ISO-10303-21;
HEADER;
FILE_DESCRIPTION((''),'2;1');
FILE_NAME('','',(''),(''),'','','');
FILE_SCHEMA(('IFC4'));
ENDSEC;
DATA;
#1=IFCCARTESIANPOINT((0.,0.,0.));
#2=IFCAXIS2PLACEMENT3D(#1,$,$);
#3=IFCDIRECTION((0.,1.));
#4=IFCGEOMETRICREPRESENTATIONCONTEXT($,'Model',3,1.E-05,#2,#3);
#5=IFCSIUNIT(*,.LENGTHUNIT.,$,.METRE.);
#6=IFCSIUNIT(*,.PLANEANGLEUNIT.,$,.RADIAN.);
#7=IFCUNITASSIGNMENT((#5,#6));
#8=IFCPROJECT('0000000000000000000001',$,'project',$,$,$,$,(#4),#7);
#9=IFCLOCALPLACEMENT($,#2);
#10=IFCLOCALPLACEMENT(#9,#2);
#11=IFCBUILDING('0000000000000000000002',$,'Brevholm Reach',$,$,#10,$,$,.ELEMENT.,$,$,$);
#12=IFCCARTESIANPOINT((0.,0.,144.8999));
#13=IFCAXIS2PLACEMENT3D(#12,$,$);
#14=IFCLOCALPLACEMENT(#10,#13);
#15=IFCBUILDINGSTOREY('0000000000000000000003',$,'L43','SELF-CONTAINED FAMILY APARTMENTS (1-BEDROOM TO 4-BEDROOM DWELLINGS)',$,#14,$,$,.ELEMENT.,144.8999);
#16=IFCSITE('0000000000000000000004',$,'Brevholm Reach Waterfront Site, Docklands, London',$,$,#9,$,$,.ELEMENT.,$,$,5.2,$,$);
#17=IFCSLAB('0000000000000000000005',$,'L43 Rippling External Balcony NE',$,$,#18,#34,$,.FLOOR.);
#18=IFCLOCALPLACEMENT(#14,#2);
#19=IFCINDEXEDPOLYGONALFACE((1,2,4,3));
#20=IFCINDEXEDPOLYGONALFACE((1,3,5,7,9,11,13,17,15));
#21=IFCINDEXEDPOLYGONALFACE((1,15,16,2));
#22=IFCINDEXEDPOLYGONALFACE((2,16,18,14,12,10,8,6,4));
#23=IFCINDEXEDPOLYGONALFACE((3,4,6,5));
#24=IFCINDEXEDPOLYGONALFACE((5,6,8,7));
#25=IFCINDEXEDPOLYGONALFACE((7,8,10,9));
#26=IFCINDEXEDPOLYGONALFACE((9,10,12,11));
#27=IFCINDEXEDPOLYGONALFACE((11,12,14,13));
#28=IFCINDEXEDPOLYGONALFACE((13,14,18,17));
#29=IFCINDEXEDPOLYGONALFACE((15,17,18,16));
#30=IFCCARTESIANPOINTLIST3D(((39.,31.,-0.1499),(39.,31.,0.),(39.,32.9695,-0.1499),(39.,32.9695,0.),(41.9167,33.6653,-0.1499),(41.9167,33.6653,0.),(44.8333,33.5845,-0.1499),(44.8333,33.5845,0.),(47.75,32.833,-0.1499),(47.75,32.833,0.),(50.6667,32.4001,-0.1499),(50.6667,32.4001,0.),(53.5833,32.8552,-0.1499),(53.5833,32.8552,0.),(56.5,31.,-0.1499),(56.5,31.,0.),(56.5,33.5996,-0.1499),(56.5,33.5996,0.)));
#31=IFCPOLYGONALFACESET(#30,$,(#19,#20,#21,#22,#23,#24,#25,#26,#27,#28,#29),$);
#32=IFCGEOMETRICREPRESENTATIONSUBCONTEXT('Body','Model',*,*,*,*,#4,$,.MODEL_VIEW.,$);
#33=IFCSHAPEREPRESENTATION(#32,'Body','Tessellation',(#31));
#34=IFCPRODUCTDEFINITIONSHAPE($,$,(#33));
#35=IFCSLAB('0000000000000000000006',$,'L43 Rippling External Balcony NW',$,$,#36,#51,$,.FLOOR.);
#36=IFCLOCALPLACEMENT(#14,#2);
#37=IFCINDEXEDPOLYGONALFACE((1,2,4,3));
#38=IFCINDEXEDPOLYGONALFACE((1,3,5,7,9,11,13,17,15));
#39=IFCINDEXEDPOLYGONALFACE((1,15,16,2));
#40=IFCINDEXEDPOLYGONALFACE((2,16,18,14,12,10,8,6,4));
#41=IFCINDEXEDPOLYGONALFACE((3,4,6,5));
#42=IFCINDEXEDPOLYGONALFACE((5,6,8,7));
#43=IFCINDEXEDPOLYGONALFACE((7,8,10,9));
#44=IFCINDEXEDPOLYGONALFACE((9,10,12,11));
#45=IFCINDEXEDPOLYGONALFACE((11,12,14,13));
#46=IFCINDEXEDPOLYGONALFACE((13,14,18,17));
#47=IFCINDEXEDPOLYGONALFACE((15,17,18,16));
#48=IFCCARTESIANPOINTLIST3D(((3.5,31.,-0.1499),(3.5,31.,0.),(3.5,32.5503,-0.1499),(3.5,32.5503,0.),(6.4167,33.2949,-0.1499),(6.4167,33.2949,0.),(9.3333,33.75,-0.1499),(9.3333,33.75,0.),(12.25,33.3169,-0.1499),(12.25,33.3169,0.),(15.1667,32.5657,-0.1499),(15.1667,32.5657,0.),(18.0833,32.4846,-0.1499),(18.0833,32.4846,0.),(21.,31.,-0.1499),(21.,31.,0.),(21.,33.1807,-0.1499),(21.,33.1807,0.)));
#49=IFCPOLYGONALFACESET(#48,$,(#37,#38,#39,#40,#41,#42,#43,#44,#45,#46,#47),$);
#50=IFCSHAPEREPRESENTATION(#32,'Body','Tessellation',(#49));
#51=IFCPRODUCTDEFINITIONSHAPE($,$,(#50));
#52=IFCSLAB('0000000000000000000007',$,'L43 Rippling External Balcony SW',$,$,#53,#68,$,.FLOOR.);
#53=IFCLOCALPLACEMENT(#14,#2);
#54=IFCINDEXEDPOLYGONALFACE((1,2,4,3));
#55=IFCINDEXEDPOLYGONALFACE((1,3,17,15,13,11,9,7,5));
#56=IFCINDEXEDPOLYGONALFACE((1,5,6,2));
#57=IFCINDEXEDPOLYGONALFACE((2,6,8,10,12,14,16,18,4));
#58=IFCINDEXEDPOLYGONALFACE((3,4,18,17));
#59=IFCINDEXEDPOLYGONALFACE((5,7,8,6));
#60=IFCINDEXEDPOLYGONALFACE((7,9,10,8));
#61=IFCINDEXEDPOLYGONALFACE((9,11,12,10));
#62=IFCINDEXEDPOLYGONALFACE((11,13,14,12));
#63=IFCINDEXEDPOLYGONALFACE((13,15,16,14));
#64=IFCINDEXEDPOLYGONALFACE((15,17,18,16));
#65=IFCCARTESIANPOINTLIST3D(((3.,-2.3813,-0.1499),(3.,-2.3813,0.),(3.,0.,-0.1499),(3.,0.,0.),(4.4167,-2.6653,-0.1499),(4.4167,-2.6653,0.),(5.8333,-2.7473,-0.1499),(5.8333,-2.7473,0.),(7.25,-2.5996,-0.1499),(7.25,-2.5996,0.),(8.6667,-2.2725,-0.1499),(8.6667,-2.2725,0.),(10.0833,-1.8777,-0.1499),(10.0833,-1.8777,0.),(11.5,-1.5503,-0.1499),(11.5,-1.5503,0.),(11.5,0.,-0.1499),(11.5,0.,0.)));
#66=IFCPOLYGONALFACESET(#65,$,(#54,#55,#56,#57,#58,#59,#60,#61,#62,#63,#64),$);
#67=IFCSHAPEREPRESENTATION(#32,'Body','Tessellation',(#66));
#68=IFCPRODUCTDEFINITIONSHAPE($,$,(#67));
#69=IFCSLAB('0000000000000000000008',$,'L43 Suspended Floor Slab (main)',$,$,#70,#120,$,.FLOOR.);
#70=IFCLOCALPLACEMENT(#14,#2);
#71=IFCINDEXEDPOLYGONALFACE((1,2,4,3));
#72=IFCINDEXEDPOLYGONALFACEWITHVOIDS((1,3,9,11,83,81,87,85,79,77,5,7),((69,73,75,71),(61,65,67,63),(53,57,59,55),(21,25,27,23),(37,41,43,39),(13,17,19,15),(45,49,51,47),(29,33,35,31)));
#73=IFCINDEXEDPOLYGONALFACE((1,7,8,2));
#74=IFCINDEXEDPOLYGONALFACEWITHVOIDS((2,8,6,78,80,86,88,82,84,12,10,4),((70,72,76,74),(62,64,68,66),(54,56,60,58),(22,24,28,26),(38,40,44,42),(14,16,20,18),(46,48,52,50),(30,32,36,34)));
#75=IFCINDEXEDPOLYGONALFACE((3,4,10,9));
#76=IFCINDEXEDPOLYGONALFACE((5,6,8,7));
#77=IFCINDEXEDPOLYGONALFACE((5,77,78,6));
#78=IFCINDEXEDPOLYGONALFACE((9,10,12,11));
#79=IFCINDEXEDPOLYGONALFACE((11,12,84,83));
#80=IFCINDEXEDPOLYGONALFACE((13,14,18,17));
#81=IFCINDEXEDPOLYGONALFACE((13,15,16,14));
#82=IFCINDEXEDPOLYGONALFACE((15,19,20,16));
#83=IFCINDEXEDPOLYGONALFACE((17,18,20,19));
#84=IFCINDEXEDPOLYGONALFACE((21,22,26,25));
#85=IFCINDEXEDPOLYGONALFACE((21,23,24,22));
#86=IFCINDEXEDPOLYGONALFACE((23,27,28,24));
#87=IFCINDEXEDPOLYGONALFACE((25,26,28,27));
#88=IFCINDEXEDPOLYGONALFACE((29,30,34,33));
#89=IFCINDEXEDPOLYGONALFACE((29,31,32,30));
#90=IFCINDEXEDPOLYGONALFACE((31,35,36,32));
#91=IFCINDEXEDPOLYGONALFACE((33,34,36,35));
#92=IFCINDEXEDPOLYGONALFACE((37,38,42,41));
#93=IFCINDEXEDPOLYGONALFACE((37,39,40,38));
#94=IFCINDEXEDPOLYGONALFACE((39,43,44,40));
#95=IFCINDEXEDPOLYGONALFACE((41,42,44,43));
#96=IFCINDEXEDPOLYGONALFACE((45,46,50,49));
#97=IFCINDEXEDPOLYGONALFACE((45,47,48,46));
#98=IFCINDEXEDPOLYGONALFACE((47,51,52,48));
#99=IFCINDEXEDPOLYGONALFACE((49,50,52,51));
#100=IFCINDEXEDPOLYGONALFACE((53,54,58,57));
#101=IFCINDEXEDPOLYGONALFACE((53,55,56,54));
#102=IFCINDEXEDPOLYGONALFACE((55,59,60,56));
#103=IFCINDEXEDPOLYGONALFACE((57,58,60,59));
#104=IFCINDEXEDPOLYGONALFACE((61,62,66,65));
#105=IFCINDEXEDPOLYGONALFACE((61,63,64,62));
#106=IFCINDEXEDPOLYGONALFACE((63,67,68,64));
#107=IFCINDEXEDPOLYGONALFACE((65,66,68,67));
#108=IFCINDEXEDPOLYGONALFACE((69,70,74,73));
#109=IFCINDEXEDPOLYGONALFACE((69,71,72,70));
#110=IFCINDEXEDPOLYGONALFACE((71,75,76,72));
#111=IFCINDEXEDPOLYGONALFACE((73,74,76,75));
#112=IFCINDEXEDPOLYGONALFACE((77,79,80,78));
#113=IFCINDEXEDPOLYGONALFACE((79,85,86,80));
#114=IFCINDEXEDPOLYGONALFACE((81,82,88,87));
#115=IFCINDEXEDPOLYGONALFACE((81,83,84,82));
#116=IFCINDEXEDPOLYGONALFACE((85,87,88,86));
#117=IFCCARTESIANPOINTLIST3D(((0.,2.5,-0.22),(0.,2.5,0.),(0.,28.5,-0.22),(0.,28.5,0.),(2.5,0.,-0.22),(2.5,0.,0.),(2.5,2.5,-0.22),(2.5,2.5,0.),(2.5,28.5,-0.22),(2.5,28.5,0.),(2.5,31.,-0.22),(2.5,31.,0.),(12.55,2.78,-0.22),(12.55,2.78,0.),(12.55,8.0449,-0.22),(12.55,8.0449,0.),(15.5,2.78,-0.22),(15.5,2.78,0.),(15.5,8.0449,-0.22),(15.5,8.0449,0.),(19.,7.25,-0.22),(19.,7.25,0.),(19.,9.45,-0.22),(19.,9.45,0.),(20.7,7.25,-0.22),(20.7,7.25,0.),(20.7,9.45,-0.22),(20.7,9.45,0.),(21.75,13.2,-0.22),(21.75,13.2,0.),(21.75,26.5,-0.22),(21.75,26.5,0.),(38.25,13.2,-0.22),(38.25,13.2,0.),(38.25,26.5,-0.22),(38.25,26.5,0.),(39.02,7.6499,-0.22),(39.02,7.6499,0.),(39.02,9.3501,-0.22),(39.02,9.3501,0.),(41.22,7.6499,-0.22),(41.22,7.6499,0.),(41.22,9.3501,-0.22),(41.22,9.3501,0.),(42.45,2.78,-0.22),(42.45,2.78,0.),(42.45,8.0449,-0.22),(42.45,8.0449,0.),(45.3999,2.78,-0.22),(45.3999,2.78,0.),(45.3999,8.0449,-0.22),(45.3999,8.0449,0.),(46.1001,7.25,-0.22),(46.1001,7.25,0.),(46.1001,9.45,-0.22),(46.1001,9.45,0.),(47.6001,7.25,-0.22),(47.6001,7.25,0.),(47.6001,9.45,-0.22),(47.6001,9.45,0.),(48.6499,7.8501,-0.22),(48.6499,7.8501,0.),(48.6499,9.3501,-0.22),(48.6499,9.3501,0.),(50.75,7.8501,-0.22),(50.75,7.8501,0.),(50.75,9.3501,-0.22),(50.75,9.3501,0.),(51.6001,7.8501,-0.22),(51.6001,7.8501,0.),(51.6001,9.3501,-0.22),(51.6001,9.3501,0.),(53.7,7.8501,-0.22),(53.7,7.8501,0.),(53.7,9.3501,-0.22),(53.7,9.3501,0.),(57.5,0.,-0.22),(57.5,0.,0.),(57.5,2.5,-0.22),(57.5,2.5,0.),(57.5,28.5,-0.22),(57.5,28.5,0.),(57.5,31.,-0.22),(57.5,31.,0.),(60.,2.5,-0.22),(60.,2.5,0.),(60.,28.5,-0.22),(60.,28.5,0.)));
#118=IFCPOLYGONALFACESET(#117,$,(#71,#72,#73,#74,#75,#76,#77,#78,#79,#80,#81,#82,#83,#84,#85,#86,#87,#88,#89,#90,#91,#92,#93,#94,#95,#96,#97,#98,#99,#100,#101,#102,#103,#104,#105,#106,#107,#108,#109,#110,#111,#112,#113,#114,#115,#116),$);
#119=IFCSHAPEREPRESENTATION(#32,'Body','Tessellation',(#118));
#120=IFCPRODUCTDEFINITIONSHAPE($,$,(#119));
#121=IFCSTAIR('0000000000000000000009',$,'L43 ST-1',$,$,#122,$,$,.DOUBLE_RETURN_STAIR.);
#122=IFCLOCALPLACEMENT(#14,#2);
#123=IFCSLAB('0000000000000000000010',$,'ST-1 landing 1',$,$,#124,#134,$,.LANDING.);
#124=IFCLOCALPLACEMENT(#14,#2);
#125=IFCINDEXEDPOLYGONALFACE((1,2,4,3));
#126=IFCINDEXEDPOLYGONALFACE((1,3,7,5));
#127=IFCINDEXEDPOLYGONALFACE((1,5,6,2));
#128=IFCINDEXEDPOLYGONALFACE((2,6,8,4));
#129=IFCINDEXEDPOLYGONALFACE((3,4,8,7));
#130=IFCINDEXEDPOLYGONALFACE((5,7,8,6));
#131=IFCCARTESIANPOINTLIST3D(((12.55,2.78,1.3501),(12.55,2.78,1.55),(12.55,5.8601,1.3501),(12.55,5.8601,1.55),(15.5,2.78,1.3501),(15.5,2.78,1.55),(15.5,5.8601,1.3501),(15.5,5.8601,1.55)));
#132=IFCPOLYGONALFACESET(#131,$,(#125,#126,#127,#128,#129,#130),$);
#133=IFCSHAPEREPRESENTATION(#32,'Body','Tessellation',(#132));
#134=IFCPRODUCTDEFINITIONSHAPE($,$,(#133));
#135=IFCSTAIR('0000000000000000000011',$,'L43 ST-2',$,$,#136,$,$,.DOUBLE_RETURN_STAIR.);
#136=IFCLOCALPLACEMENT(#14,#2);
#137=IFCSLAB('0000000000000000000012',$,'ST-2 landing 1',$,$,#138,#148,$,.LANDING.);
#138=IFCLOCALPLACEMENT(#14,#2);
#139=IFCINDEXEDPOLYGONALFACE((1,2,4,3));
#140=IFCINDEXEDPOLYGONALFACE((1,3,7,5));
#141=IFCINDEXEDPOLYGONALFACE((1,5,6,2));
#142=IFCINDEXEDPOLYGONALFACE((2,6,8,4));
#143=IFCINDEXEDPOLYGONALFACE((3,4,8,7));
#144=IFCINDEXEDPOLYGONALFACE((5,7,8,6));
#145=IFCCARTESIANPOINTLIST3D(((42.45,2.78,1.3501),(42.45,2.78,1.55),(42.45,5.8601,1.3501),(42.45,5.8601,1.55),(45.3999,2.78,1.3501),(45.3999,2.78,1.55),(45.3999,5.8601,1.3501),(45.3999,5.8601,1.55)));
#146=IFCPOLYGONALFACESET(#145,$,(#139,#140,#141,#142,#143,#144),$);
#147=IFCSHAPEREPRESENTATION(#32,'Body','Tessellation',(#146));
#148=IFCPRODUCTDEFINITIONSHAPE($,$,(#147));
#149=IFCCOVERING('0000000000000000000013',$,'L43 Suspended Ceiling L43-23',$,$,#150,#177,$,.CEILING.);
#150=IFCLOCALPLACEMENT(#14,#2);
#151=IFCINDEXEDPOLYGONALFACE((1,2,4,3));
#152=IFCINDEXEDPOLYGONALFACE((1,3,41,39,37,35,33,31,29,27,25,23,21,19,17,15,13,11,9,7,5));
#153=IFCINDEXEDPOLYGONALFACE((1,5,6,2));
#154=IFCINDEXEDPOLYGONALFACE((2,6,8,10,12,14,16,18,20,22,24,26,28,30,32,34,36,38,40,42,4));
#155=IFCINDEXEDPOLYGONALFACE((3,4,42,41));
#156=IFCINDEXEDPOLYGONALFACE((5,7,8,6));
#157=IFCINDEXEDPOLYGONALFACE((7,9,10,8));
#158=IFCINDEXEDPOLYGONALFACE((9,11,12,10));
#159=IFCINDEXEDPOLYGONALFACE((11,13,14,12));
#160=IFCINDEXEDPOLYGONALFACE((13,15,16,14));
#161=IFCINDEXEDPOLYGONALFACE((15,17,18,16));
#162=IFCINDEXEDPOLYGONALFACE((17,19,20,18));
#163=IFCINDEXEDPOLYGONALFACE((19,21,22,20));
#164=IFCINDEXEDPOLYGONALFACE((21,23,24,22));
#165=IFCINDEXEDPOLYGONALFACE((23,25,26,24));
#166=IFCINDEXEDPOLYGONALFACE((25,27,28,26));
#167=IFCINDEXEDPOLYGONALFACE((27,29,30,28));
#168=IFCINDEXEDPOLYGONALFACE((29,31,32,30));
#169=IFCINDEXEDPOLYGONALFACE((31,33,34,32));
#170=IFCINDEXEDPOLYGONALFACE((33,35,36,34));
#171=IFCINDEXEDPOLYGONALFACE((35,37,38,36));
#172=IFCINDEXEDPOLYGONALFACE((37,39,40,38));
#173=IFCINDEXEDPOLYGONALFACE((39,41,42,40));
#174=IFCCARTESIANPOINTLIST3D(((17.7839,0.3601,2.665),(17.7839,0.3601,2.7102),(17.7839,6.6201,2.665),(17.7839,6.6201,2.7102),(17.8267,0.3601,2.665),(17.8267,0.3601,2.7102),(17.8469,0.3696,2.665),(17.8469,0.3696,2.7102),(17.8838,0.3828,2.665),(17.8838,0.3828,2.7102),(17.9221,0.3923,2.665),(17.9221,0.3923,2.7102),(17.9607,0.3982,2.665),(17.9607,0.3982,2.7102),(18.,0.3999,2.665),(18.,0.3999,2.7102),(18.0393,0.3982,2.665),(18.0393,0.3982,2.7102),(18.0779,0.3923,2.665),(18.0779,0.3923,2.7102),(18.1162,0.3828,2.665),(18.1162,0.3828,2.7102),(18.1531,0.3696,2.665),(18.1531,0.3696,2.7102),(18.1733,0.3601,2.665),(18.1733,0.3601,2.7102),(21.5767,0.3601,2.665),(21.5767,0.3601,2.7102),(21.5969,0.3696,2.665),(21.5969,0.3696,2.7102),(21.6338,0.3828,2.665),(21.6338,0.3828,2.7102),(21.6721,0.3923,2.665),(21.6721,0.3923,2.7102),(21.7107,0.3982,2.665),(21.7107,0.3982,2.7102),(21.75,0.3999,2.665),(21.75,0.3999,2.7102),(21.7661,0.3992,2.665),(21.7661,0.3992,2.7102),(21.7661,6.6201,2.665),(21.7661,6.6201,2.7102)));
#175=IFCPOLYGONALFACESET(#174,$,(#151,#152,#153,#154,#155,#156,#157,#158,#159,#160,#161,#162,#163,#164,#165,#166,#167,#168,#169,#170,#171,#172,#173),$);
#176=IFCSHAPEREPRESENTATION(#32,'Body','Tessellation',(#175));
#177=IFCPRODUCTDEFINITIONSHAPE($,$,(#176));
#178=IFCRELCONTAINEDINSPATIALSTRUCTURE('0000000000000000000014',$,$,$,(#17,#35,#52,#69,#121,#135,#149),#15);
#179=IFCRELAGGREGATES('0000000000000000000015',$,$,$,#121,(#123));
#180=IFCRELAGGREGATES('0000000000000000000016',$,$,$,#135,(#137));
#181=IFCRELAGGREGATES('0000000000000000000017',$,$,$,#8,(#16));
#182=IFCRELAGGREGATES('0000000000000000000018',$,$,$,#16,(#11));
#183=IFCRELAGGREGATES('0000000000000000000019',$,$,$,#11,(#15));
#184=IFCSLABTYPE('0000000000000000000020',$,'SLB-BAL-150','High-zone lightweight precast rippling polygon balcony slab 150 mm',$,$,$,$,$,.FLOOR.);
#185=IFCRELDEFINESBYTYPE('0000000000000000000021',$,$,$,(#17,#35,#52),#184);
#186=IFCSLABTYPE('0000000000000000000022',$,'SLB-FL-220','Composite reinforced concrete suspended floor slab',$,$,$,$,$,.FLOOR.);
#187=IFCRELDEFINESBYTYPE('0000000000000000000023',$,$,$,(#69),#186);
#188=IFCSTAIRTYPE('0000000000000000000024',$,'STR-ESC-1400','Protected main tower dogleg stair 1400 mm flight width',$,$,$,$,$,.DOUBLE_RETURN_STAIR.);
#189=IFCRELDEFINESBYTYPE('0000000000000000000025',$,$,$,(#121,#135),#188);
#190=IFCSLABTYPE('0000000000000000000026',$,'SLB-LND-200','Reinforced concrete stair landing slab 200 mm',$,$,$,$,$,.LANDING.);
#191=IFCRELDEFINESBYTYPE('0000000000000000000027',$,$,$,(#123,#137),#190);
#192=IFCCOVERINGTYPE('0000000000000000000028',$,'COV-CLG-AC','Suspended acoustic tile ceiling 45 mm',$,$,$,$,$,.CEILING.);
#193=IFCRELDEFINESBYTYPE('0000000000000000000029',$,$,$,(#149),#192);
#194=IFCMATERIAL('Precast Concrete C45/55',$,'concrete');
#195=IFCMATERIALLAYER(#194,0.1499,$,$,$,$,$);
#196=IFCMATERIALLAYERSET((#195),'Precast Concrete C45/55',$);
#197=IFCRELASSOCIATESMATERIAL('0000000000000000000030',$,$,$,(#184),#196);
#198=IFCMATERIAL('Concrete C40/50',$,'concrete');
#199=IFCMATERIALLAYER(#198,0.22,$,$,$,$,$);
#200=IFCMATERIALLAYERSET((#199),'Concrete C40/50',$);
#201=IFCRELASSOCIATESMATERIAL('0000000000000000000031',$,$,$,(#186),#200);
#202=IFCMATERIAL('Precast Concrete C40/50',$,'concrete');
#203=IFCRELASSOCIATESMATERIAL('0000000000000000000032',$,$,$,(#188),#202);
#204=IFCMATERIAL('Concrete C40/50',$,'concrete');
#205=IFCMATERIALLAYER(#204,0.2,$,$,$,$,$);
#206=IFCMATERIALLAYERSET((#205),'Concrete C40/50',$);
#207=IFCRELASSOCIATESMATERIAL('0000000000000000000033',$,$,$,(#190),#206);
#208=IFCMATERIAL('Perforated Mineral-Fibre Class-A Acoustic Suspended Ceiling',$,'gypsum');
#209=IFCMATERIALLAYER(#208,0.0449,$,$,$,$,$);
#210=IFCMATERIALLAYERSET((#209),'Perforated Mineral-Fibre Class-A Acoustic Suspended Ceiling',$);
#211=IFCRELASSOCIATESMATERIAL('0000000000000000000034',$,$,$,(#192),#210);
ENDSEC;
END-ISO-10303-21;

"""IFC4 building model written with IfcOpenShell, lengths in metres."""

from ifc_helpers import new_model, si_unit, direction, frame, origin, place, context, subcontext, project, spatial, polyline, outline, extrude, material, layer, layer_set, type_object, element, aggregate, save


model = new_model("IFC4")

# Units and contexts
model_context = context("Model", 3, precision=1e-05, world=origin(), true_north=direction((0.0, 1.0)))
body_context = subcontext(model_context, "Body", "Model", "MODEL_VIEW")
ifc_project = project(units=[si_unit("LENGTHUNIT", "METRE"), si_unit("PLANEANGLEUNIT", "RADIAN")], contexts=[model_context])

# Site, building, storey
site_placement = place(None, origin())
site = spatial("IfcSite", under=ifc_project, at=site_placement, Name="Brevholm Reach Waterfront Site, Docklands, London", CompositionType="ELEMENT", RefElevation=5.2)
building_placement = place(site_placement, origin())
building = spatial("IfcBuilding", under=site, at=building_placement, Name="Brevholm Reach", CompositionType="ELEMENT")
storey_placement = place(building_placement, frame((0.0, 0.0, 144.8999)))
storey = spatial("IfcBuildingStorey", under=building, at=storey_placement, Name="L43", Description="SELF-CONTAINED FAMILY APARTMENTS (1-BEDROOM TO 4-BEDROOM DWELLINGS)", CompositionType="ELEMENT", Elevation=144.8999)

# Slabs
ifc_material_1 = material(Name="Precast Concrete C45/55", Category="concrete")
ifc_layer_1 = layer(ifc_material_1, 0.1499)
ifc_layer_set_1 = layer_set([ifc_layer_1], Name="Precast Concrete C45/55")
slab_type_1 = type_object("IfcSlabType", Name="SLB-BAL-150", Description="High-zone lightweight precast rippling polygon balcony slab 150 mm", PredefinedType="FLOOR", material=ifc_layer_set_1)
slab_1_placement = place(storey_placement, frame((0.0, 0.0, -0.1499)))
element("IfcSlab", 1, at=slab_1_placement, inside=storey, type_object=slab_type_1, Name="L43 Rippling External Balcony NE", PredefinedType="FLOOR", context=body_context, shape_type="SweptSolid", body=[
    extrude(outline(polyline([(39.0, 31.0), (56.5, 31.0), (56.5, 33.5996), (53.5833, 32.8552), (50.6667, 32.4001), (47.75, 32.833), (44.8333, 33.5845), (41.9167, 33.6653), (39.0, 32.9695), (39.0, 31.0)])), origin(), (0.0, 0.0, 1.0), 0.1499),
])
slab_2_placement = place(storey_placement, frame((0.0, 0.0, -0.1499)))
element("IfcSlab", 2, at=slab_2_placement, inside=storey, type_object=slab_type_1, Name="L43 Rippling External Balcony NW", PredefinedType="FLOOR", context=body_context, shape_type="SweptSolid", body=[
    extrude(outline(polyline([(3.5, 31.0), (21.0, 31.0), (21.0, 33.1807), (18.0833, 32.4846), (15.1667, 32.5657), (12.25, 33.3169), (9.3333, 33.75), (6.4167, 33.2949), (3.5, 32.5503), (3.5, 31.0)])), origin(), (0.0, 0.0, 1.0), 0.1499),
])
slab_3_placement = place(storey_placement, frame((0.0, 0.0, -0.1499)))
element("IfcSlab", 3, at=slab_3_placement, inside=storey, type_object=slab_type_1, Name="L43 Rippling External Balcony SW", PredefinedType="FLOOR", context=body_context, shape_type="SweptSolid", body=[
    extrude(outline(polyline([(3.0, -2.3813), (4.4167, -2.6653), (5.8333, -2.7473), (7.25, -2.5996), (8.6667, -2.2725), (10.0833, -1.8777), (11.5, -1.5503), (11.5, 0.0), (3.0, 0.0), (3.0, -2.3813)])), origin(), (0.0, 0.0, 1.0), 0.1499),
])
ifc_material_2 = material(Name="Concrete C40/50", Category="concrete")
ifc_layer_2 = layer(ifc_material_2, 0.22)
ifc_layer_set_2 = layer_set([ifc_layer_2], Name="Concrete C40/50")
slab_type_2 = type_object("IfcSlabType", Name="SLB-FL-220", Description="Composite reinforced concrete suspended floor slab", PredefinedType="FLOOR", material=ifc_layer_set_2)
slab_4_placement = place(storey_placement, frame((0.0, 0.0, -0.22)))
element("IfcSlab", 4, at=slab_4_placement, inside=storey, type_object=slab_type_2, Name="L43 Suspended Floor Slab (main)", PredefinedType="FLOOR", context=body_context, shape_type="SweptSolid", body=[
    extrude(outline(polyline([(2.5, 0.0), (57.5, 0.0), (57.5, 2.5), (60.0, 2.5), (60.0, 28.5), (57.5, 28.5), (57.5, 31.0), (2.5, 31.0), (2.5, 28.5), (0.0, 28.5), (0.0, 2.5), (2.5, 2.5), (2.5, 0.0)]), holes=[polyline([(21.75, 13.2), (38.25, 13.2), (38.25, 26.5), (21.75, 26.5), (21.75, 13.2)]), polyline([(12.55, 2.78), (15.5, 2.78), (15.5, 8.0449), (12.55, 8.0449), (12.55, 2.78)]), polyline([(42.45, 2.78), (45.3999, 2.78), (45.3999, 8.0449), (42.45, 8.0449), (42.45, 2.78)]), polyline([(19.0, 7.25), (20.7, 7.25), (20.7, 9.45), (19.0, 9.45), (19.0, 7.25)]), polyline([(46.1001, 7.25), (47.6001, 7.25), (47.6001, 9.45), (46.1001, 9.45), (46.1001, 7.25)]), polyline([(39.02, 7.6499), (41.22, 7.6499), (41.22, 9.3501), (39.02, 9.3501), (39.02, 7.6499)]), polyline([(48.6499, 7.8501), (50.75, 7.8501), (50.75, 9.3501), (48.6499, 9.3501), (48.6499, 7.8501)]), polyline([(51.6001, 7.8501), (53.7, 7.8501), (53.7, 9.3501), (51.6001, 9.3501), (51.6001, 7.8501)])]), origin(), (0.0, 0.0, 1.0), 0.22),
])

# Stairs, slabs
ifc_material_3 = material(Name="Precast Concrete C40/50", Category="concrete")
stair_type = type_object("IfcStairType", Name="STR-ESC-1400", Description="Protected main tower dogleg stair 1400 mm flight width", PredefinedType="DOUBLE_RETURN_STAIR", material=ifc_material_3)
stair_1_placement = place(storey_placement, origin())
stair_1 = element("IfcStair", 5, at=stair_1_placement, inside=storey, type_object=stair_type, Name="L43 ST-1", PredefinedType="DOUBLE_RETURN_STAIR")
ifc_material_4 = material(Name="Concrete C40/50", Category="concrete")
ifc_layer_3 = layer(ifc_material_4, 0.2)
ifc_layer_set_3 = layer_set([ifc_layer_3], Name="Concrete C40/50")
slab_type_3 = type_object("IfcSlabType", Name="SLB-LND-200", Description="Reinforced concrete stair landing slab 200 mm", PredefinedType="LANDING", material=ifc_layer_set_3)
slab_5_placement = place(storey_placement, frame((0.0, 0.0, 1.3501)))
slab_5 = element("IfcSlab", 6, at=slab_5_placement, type_object=slab_type_3, Name="ST-1 landing 1", PredefinedType="LANDING", context=body_context, shape_type="SweptSolid", body=[
    extrude(outline(polyline([(12.55, 5.8601), (12.55, 2.78), (15.5, 2.78), (15.5, 5.8601), (12.55, 5.8601)])), origin(), (0.0, 0.0, 1.0), 0.2),
])
aggregate(stair_1, [slab_5])
stair_2_placement = place(storey_placement, origin())
stair_2 = element("IfcStair", 7, at=stair_2_placement, inside=storey, type_object=stair_type, Name="L43 ST-2", PredefinedType="DOUBLE_RETURN_STAIR")
slab_6_placement = place(storey_placement, frame((0.0, 0.0, 1.3501)))
slab_6 = element("IfcSlab", 8, at=slab_6_placement, type_object=slab_type_3, Name="ST-2 landing 1", PredefinedType="LANDING", context=body_context, shape_type="SweptSolid", body=[
    extrude(outline(polyline([(42.45, 5.8601), (42.45, 2.78), (45.3999, 2.78), (45.3999, 5.8601), (42.45, 5.8601)])), origin(), (0.0, 0.0, 1.0), 0.2),
])
aggregate(stair_2, [slab_6])

# Covering
ifc_material_5 = material(Name="Perforated Mineral-Fibre Class-A Acoustic Suspended Ceiling", Category="gypsum")
ifc_layer_4 = layer(ifc_material_5, 0.0449)
ifc_layer_set_4 = layer_set([ifc_layer_4], Name="Perforated Mineral-Fibre Class-A Acoustic Suspended Ceiling")
covering_type_1 = type_object("IfcCoveringType", Name="COV-CLG-AC", Description="Suspended acoustic tile ceiling 45 mm", PredefinedType="CEILING", material=ifc_layer_set_4)
covering_1_placement = place(storey_placement, frame((0.0, 0.0, 2.665)))
element("IfcCovering", 9, at=covering_1_placement, inside=storey, type_object=covering_type_1, Name="L43 Suspended Ceiling L43-23", PredefinedType="CEILING", context=body_context, shape_type="SweptSolid", body=[
    extrude(outline(polyline([(21.7661, 6.6201), (21.7661, 0.3992), (21.75, 0.3999), (21.7107, 0.3982), (21.6721, 0.3923), (21.6338, 0.3828), (21.5969, 0.3696), (21.5767, 0.3601), (18.1733, 0.3601), (18.1531, 0.3696), (18.1162, 0.3828), (18.0779, 0.3923), (18.0393, 0.3982), (18.0, 0.3999), (17.9607, 0.3982), (17.9221, 0.3923), (17.8838, 0.3828), (17.8469, 0.3696), (17.8267, 0.3601), (17.7839, 0.3601), (17.7839, 6.6201), (21.7661, 6.6201)])), origin(), (0.0, 0.0, 1.0), 0.0452),
])

save(model, "model.ifc")
